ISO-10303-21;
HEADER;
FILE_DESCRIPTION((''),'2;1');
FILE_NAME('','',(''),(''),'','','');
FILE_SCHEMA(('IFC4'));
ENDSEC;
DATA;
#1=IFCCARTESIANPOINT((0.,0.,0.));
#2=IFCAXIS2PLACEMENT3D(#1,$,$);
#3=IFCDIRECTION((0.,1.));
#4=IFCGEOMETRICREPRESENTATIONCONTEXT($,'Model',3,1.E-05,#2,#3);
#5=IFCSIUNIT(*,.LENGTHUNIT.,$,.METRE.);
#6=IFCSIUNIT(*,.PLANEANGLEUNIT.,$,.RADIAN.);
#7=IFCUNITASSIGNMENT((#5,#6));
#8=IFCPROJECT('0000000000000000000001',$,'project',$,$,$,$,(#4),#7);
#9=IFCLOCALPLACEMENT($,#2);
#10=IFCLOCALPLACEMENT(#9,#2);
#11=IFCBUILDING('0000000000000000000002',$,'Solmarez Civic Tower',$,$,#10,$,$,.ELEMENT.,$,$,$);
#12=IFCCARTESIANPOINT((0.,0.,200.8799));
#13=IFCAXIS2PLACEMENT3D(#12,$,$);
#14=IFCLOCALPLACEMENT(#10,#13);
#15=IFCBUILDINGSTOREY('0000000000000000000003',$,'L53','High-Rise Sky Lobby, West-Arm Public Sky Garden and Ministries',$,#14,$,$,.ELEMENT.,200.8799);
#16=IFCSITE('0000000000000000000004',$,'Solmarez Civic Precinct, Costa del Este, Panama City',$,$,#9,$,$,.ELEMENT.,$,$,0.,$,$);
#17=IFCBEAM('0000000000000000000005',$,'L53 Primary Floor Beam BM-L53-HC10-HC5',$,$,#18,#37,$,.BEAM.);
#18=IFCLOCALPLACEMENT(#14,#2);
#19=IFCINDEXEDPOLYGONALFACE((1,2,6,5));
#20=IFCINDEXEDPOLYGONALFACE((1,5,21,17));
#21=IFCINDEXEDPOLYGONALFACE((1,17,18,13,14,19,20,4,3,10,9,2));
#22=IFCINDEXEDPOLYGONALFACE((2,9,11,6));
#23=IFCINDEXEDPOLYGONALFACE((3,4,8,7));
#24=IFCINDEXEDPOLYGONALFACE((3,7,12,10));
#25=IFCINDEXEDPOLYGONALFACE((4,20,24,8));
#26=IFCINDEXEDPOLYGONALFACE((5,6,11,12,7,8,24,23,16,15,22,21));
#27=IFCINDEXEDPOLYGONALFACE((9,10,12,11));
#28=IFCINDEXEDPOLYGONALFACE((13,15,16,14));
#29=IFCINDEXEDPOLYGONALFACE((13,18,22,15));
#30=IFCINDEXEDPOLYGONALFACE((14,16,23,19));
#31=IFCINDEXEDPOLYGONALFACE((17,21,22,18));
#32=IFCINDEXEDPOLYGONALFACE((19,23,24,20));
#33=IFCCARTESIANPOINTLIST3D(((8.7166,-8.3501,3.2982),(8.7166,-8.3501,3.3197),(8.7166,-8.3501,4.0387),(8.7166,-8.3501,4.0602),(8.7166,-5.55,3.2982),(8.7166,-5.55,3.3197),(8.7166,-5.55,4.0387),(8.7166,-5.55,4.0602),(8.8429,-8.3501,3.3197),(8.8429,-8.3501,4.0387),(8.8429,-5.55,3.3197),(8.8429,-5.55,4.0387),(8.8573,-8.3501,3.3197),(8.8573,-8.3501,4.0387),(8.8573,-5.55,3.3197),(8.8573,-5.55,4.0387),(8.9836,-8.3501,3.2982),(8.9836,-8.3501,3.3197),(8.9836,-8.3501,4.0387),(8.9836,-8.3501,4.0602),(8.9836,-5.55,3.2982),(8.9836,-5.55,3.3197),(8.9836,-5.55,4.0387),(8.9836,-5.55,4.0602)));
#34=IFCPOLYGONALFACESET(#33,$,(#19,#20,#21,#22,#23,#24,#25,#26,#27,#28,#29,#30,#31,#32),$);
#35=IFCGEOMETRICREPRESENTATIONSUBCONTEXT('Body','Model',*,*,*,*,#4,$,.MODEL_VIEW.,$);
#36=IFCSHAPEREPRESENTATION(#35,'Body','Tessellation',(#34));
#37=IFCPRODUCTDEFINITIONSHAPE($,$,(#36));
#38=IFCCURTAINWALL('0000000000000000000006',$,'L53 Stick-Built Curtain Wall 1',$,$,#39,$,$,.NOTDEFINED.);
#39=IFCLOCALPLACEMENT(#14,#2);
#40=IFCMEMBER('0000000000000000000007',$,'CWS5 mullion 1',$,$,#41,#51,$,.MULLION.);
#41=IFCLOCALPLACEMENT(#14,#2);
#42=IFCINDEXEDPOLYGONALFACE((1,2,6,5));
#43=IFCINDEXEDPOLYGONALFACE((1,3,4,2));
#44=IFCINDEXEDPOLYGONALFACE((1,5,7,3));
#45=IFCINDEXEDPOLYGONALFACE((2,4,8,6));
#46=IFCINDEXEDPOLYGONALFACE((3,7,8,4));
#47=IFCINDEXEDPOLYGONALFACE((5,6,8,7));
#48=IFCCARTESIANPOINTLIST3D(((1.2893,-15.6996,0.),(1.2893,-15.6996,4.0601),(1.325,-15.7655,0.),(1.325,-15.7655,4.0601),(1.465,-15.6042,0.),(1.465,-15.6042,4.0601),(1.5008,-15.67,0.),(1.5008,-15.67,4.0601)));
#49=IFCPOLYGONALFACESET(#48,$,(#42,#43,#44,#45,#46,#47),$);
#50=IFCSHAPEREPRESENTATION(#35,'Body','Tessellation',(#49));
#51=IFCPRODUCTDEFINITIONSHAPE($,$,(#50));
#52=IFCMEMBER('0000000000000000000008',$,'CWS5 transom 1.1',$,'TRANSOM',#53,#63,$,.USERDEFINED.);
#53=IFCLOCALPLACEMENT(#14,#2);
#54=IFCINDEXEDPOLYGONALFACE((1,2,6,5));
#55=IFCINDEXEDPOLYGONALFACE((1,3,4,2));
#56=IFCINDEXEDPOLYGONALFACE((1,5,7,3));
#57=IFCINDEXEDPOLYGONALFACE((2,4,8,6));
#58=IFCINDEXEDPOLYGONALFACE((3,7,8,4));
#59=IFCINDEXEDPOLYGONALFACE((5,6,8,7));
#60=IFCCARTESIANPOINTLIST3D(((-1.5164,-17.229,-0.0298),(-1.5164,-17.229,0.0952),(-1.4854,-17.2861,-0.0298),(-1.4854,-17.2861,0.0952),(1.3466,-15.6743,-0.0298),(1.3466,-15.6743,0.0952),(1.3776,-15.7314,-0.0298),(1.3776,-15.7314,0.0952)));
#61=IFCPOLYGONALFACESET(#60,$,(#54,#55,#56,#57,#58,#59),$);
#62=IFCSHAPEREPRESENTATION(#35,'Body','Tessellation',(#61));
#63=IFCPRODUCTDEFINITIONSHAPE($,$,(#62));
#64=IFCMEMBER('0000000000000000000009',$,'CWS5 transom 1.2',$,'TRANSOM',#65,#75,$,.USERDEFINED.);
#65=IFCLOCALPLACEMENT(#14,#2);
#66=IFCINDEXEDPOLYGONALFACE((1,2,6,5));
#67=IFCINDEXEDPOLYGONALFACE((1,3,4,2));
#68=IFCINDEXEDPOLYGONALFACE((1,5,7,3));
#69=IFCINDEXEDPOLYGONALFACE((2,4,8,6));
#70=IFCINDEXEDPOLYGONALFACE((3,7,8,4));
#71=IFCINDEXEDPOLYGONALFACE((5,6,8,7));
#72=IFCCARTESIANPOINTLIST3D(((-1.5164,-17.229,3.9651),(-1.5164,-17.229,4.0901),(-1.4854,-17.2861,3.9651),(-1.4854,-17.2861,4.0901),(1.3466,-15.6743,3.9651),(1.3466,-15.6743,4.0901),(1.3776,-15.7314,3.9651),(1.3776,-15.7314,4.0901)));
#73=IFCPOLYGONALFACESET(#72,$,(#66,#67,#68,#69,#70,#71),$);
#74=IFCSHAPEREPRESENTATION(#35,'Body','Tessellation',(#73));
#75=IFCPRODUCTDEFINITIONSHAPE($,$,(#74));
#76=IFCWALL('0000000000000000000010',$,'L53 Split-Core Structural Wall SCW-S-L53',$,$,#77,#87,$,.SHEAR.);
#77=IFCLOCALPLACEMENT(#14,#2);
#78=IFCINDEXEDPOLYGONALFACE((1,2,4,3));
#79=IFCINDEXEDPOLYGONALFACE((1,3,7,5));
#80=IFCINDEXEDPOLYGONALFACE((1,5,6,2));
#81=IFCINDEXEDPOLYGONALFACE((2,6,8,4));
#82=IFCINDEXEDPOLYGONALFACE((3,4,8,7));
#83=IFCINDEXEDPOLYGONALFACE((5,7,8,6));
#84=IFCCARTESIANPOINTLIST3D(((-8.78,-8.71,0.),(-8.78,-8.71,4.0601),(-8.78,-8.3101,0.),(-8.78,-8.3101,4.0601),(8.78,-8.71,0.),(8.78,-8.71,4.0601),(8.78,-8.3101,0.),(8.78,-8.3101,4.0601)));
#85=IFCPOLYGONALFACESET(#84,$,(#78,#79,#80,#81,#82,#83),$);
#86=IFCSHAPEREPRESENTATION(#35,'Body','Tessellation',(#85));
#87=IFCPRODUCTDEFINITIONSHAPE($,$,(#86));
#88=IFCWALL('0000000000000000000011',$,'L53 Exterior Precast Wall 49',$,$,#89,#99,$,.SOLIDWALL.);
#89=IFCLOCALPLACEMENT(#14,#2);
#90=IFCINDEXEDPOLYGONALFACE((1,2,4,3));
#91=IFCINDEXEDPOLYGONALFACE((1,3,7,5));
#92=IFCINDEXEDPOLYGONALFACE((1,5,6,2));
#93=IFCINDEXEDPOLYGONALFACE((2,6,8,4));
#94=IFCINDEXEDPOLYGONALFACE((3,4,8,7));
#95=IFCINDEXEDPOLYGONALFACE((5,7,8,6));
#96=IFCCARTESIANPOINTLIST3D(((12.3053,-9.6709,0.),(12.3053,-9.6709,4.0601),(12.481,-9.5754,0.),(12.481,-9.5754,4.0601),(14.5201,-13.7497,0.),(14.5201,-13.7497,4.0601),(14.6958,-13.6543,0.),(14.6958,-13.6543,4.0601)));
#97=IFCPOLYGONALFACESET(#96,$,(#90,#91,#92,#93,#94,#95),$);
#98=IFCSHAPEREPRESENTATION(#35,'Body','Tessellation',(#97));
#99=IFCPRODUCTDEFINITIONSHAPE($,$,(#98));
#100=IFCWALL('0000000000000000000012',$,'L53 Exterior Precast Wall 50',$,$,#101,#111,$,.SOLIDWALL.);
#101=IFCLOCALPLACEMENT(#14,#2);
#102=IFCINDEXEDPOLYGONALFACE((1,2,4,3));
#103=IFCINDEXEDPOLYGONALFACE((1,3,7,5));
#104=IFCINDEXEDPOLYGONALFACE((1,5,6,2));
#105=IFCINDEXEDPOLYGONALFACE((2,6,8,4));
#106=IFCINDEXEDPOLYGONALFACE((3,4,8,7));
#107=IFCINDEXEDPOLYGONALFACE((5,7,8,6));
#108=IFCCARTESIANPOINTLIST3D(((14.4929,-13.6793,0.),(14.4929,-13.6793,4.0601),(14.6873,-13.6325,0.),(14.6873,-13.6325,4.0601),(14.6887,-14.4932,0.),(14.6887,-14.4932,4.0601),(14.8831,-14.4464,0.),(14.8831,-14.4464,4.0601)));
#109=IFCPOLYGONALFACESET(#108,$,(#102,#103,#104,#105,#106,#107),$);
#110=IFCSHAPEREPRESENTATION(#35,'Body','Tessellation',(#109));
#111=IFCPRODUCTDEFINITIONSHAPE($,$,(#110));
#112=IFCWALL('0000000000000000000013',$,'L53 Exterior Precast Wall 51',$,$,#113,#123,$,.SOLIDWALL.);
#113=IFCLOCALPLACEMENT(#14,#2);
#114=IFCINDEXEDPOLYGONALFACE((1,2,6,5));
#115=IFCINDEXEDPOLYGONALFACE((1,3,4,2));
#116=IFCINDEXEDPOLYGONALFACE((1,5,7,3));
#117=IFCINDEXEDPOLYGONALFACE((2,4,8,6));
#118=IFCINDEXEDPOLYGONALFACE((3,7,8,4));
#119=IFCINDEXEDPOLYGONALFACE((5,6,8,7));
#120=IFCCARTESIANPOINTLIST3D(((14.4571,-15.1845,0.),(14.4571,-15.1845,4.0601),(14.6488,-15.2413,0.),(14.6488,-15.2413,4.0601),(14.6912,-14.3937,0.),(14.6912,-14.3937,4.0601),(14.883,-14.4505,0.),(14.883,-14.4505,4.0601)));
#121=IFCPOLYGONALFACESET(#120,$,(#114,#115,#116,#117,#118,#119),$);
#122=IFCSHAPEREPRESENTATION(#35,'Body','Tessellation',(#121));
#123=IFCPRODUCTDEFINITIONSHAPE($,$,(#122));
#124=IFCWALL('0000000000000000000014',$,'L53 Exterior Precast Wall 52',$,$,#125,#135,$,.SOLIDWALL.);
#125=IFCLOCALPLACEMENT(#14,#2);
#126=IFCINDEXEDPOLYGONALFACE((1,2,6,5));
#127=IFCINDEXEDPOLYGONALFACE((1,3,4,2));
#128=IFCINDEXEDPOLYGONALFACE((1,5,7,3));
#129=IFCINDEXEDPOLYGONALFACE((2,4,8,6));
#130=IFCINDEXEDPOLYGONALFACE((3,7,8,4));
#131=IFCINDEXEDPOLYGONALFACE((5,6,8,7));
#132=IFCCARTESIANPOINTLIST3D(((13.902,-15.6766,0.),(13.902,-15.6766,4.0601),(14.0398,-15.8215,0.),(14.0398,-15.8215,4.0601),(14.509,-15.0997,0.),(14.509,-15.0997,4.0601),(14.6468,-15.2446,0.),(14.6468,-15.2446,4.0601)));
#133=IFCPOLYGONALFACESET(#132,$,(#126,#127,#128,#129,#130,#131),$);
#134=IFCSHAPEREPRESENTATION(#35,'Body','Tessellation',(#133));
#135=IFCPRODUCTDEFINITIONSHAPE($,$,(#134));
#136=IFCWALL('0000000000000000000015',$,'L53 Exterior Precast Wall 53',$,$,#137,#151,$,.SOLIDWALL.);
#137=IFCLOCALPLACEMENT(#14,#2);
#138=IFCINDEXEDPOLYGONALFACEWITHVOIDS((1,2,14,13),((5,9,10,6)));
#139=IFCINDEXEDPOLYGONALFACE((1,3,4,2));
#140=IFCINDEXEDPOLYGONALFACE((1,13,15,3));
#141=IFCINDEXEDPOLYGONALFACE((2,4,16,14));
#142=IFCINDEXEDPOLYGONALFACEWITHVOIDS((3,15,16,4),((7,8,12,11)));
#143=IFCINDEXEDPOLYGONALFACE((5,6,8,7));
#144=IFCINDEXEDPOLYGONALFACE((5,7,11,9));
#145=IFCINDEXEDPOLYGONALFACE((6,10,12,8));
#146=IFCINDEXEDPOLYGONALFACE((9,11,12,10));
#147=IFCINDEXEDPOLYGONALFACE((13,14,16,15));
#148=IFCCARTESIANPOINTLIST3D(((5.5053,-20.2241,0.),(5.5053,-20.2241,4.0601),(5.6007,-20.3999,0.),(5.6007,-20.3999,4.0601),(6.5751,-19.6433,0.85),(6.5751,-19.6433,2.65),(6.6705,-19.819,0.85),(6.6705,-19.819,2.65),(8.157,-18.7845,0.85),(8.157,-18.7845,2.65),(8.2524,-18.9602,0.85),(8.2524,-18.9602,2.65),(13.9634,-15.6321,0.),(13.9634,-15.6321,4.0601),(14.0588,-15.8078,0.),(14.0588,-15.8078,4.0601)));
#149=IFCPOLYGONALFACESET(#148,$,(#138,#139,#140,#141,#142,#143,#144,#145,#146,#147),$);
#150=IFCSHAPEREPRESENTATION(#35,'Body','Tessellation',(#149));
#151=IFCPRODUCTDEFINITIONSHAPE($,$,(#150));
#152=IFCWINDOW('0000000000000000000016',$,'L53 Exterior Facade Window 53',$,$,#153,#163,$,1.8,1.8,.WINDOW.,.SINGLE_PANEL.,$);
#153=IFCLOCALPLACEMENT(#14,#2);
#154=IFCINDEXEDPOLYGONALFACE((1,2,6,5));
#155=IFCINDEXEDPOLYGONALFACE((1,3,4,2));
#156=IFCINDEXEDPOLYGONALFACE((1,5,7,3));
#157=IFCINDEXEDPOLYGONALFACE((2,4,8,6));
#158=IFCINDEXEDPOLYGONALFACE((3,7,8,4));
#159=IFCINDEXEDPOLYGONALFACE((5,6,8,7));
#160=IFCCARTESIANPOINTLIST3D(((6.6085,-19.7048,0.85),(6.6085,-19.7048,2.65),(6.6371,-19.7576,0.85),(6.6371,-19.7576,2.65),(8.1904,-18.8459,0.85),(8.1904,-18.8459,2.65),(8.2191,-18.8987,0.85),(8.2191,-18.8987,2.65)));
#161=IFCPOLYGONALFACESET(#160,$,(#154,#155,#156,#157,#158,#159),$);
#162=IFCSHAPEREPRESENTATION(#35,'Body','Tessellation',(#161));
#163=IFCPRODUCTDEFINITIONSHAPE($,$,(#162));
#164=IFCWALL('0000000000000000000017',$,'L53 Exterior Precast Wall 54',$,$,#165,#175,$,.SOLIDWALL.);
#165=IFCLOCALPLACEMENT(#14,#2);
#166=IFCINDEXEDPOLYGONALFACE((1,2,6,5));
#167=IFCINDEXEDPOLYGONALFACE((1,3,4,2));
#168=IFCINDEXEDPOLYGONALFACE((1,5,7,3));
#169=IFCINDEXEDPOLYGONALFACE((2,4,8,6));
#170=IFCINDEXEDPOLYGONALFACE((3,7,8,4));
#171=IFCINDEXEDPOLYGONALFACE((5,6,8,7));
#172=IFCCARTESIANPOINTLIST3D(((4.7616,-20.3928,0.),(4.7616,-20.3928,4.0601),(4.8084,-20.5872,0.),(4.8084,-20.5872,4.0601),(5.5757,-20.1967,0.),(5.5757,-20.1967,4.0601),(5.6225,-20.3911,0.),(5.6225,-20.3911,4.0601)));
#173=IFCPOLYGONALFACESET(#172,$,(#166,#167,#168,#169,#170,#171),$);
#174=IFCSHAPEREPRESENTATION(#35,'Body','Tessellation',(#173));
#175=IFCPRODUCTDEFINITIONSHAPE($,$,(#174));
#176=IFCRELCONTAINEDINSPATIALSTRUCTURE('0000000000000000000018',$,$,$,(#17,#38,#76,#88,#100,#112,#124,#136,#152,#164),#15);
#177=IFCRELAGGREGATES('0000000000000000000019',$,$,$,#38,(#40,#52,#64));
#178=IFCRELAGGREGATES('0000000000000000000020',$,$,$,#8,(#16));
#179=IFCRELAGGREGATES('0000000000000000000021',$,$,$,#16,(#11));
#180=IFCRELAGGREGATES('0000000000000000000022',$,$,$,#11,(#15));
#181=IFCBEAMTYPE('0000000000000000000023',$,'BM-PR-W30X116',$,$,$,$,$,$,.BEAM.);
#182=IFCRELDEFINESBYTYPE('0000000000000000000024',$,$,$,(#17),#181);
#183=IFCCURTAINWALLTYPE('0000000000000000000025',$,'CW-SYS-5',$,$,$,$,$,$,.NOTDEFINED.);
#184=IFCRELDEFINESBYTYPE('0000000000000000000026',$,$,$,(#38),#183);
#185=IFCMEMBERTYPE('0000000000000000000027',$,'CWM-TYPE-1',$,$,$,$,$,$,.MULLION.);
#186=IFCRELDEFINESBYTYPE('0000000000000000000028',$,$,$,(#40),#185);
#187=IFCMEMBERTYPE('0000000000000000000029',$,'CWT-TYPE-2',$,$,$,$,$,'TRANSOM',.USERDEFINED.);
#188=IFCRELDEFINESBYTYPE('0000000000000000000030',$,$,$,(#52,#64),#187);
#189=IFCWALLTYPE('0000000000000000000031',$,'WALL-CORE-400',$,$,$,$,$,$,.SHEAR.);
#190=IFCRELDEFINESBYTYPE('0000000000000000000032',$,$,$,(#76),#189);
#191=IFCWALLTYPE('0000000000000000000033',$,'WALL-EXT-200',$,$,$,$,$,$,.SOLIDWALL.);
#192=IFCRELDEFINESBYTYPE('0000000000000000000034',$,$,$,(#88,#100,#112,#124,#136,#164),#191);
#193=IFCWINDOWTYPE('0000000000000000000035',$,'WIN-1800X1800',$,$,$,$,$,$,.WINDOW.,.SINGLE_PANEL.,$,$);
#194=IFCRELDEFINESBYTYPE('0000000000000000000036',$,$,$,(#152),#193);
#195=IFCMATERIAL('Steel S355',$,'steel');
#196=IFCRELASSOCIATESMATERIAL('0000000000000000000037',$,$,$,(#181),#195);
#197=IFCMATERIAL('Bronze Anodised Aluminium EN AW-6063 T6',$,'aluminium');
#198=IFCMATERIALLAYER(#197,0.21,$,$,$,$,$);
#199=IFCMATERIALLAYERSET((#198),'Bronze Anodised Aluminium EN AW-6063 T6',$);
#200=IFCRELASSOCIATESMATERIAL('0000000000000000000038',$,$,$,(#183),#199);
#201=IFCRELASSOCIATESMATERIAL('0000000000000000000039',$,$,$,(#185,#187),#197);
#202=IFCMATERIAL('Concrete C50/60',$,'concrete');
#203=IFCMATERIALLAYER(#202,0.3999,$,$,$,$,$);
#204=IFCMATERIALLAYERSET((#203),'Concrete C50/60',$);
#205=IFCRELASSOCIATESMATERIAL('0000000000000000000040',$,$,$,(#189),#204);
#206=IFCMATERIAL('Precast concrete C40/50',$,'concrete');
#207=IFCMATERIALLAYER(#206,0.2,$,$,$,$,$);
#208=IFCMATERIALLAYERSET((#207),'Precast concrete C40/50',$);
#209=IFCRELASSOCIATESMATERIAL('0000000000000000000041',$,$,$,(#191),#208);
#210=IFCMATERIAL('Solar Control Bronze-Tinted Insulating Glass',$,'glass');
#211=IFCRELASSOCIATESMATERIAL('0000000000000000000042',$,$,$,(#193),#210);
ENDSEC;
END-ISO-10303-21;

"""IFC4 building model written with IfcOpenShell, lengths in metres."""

from ifc_helpers import new_model, si_unit, direction, frame, frame_2d, origin, origin_2d, place, context, subcontext, project, spatial, rectangle, i_section, extrude, material, layer, layer_set, material_profile, profile_set, type_object, element, fill, aggregate, save


model = new_model("IFC4")

# Units and contexts
model_context = context("Model", 3, precision=1e-05, world=origin(), true_north=direction((0.0, 1.0)))
body_context = subcontext(model_context, "Body", "Model", "MODEL_VIEW")
ifc_project = project(units=[si_unit("LENGTHUNIT", "METRE"), si_unit("PLANEANGLEUNIT", "RADIAN")], contexts=[model_context])

# Site, building, storey
site_placement = place(None, origin())
site = spatial("IfcSite", under=ifc_project, at=site_placement, Name="Solmarez Civic Precinct, Costa del Este, Panama City", CompositionType="ELEMENT", RefElevation=0.0)
building_placement = place(site_placement, origin())
building = spatial("IfcBuilding", under=site, at=building_placement, Name="Solmarez Civic Tower", CompositionType="ELEMENT")
storey_placement = place(building_placement, frame((0.0, 0.0, 200.8799)))
storey = spatial("IfcBuildingStorey", under=building, at=storey_placement, Name="L53", Description="High-Rise Sky Lobby, West-Arm Public Sky Garden and Ministries", CompositionType="ELEMENT", Elevation=200.8799)

# Shared definitions
ifc_material_1 = material(Name="Concrete C50/60", Category="concrete")
ifc_material_2 = material(Name="Steel S355", Category="steel")

# Beam
ifc_material_profile_1 = material_profile(ifc_material_2, i_section(OverallWidth=0.2671, OverallDepth=0.762, WebThickness=0.0144, FlangeThickness=0.0215, at=origin_2d()), Name="W30X116")
ifc_profile_set_1 = profile_set([ifc_material_profile_1], Name="Steel S355")
beam_type_1 = type_object("IfcBeamType", Name="BM-PR-W30X116", PredefinedType="BEAM", material=ifc_profile_set_1)
beam_1_placement = place(storey_placement, frame((8.8501, -8.3501, 3.6792), z_axis=(0.0, 1.0, 0.0), x_axis=(-1.0, 0.0, 0.0)))
element("IfcBeam", 1, at=beam_1_placement, inside=storey, type_object=beam_type_1, Name="L53 Primary Floor Beam BM-L53-HC10-HC5", PredefinedType="BEAM", context=body_context, shape_type="SweptSolid", body=[
    extrude(i_section(OverallWidth=0.2671, OverallDepth=0.762, WebThickness=0.0144, FlangeThickness=0.0215, at=origin_2d()), origin(), (0.0, 0.0, 1.0), 2.8),
])

# Curtain wall, members
ifc_material_3 = material(Name="Bronze Anodised Aluminium EN AW-6063 T6", Category="aluminium")
ifc_layer_1 = layer(ifc_material_3, 0.21)
ifc_layer_set_1 = layer_set([ifc_layer_1], Name="Bronze Anodised Aluminium EN AW-6063 T6")
curtain_wall_type = type_object("IfcCurtainWallType", Name="CW-SYS-5", PredefinedType="NOTDEFINED", material=ifc_layer_set_1)
curtain_wall_placement = place(storey_placement, origin())
curtain_wall = element("IfcCurtainWall", 2, at=curtain_wall_placement, inside=storey, type_object=curtain_wall_type, Name="L53 Stick-Built Curtain Wall 1", PredefinedType="NOTDEFINED")
ifc_material_profile_2 = material_profile(ifc_material_3, rectangle(XDim=0.075, YDim=0.2, at=origin_2d()), Name="CWM-75X200")
ifc_profile_set_2 = profile_set([ifc_material_profile_2], Name="Bronze Anodised Aluminium EN AW-6063 T6")
member_type_1 = type_object("IfcMemberType", Name="CWM-TYPE-1", PredefinedType="MULLION", material=ifc_profile_set_2)
member_1_placement = place(storey_placement, frame((1.395, -15.6848, 0.0), z_axis=(0.0, 0.0, 1.0), x_axis=(0.47722, -0.878784, 0.0)))
member_1 = element("IfcMember", 3, at=member_1_placement, type_object=member_type_1, Name="CWS5 mullion 1", PredefinedType="MULLION", context=body_context, shape_type="SweptSolid", body=[
    extrude(rectangle(XDim=0.075, YDim=0.2, at=origin_2d()), origin(), (0.0, 0.0, 1.0), 4.0601),
])
ifc_material_profile_3 = material_profile(ifc_material_3, rectangle(XDim=0.0649, YDim=0.125, at=origin_2d()), Name="CWT-65X125")
ifc_profile_set_3 = profile_set([ifc_material_profile_3], Name="Bronze Anodised Aluminium EN AW-6063 T6")
member_type_2 = type_object("IfcMemberType", Name="CWT-TYPE-2", ElementType="TRANSOM", PredefinedType="USERDEFINED", material=ifc_profile_set_3)
member_2_placement = place(storey_placement, frame((1.3621, -15.7029, 0.0327), z_axis=(-0.878793, -0.477203, 0.0), x_axis=(0.477203, -0.878793, 0.0)))
member_2 = element("IfcMember", 4, at=member_2_placement, type_object=member_type_2, Name="CWS5 transom 1.1", ObjectType="TRANSOM", PredefinedType="USERDEFINED", context=body_context, shape_type="SweptSolid", body=[
    extrude(rectangle(XDim=0.0649, YDim=0.125, at=origin_2d()), origin(), (0.0, 0.0, 1.0), 3.2578),
])
member_3_placement = place(storey_placement, frame((1.3621, -15.7029, 4.0276), z_axis=(-0.878793, -0.477203, 0.0), x_axis=(0.477203, -0.878793, 0.0)))
member_3 = element("IfcMember", 5, at=member_3_placement, type_object=member_type_2, Name="CWS5 transom 1.2", ObjectType="TRANSOM", PredefinedType="USERDEFINED", context=body_context, shape_type="SweptSolid", body=[
    extrude(rectangle(XDim=0.0649, YDim=0.125, at=origin_2d()), origin(), (0.0, 0.0, 1.0), 3.2578),
])
aggregate(curtain_wall, [member_1, member_2, member_3])

# Walls
ifc_layer_2 = layer(ifc_material_1, 0.3999)
ifc_layer_set_2 = layer_set([ifc_layer_2], Name="Concrete C50/60")
wall_type_1 = type_object("IfcWallType", Name="WALL-CORE-400", PredefinedType="SHEAR", material=ifc_layer_set_2)
wall_1_placement = place(storey_placement, frame((8.78, -8.51, 0.0), z_axis=(0.0, 0.0, 1.0), x_axis=(-1.0, 0.0, 0.0)))
element("IfcWall", 6, at=wall_1_placement, inside=storey, type_object=wall_type_1, Name="L53 Split-Core Structural Wall SCW-S-L53", PredefinedType="SHEAR", context=body_context, shape_type="SweptSolid", body=[
    extrude(rectangle(XDim=17.5601, YDim=0.3999, at=frame_2d((8.78, 0.0))), origin(), (0.0, 0.0, 1.0), 4.0601),
])
ifc_material_4 = material(Name="Precast concrete C40/50", Category="concrete")
ifc_layer_3 = layer(ifc_material_4, 0.2)
ifc_layer_set_3 = layer_set([ifc_layer_3], Name="Precast concrete C40/50")
wall_type_2 = type_object("IfcWallType", Name="WALL-EXT-200", PredefinedType="SOLIDWALL", material=ifc_layer_set_3)
wall_2_placement = place(storey_placement, frame((12.3931, -9.623, 0.0), z_axis=(0.0, 0.0, 1.0), x_axis=(0.477193, -0.878799, 0.0)))
element("IfcWall", 7, at=wall_2_placement, inside=storey, type_object=wall_type_2, Name="L53 Exterior Precast Wall 49", PredefinedType="SOLIDWALL", context=body_context, shape_type="SweptSolid", body=[
    extrude(rectangle(XDim=4.6414, YDim=0.2, at=frame_2d((2.3208, 0.0))), origin(), (0.0, 0.0, 1.0), 4.0601),
])
wall_3_placement = place(storey_placement, frame((14.5901, -13.656, 0.0), z_axis=(0.0, 0.0, 1.0), x_axis=(0.23388, -0.972265, 0.0)))
element("IfcWall", 8, at=wall_3_placement, inside=storey, type_object=wall_type_2, Name="L53 Exterior Precast Wall 50", PredefinedType="SOLIDWALL", context=body_context, shape_type="SweptSolid", body=[
    extrude(rectangle(XDim=0.8372, YDim=0.2, at=frame_2d((0.4185, 0.0))), origin(), (0.0, 0.0, 1.0), 4.0601),
])
wall_4_placement = place(storey_placement, frame((14.7871, -14.4221, 0.0), z_axis=(0.0, 0.0, 1.0), x_axis=(-0.283897, -0.958855, 0.0)))
element("IfcWall", 9, at=wall_4_placement, inside=storey, type_object=wall_type_2, Name="L53 Exterior Precast Wall 51", PredefinedType="SOLIDWALL", context=body_context, shape_type="SweptSolid", body=[
    extrude(rectangle(XDim=0.8247, YDim=0.2, at=frame_2d((0.4124, 0.0))), origin(), (0.0, 0.0, 1.0), 4.0601),
])
wall_5_placement = place(storey_placement, frame((14.5779, -15.1721, 0.0), z_axis=(0.0, 0.0, 1.0), x_axis=(-0.72481, -0.688949, 0.0)))
element("IfcWall", 10, at=wall_5_placement, inside=storey, type_object=wall_type_2, Name="L53 Exterior Precast Wall 52", PredefinedType="SOLIDWALL", context=body_context, shape_type="SweptSolid", body=[
    extrude(rectangle(XDim=0.8374, YDim=0.2, at=frame_2d((0.4187, 0.0))), origin(), (0.0, 0.0, 1.0), 4.0601),
])

# Wall, opening, window
wall_6_placement = place(storey_placement, frame((14.011, -15.72, 0.0), z_axis=(0.0, 0.0, 1.0), x_axis=(-0.878829, -0.477136, 0.0)))
wall_6 = element("IfcWall", 11, at=wall_6_placement, inside=storey, type_object=wall_type_2, Name="L53 Exterior Precast Wall 53", PredefinedType="SOLIDWALL", context=body_context, shape_type="SweptSolid", body=[
    extrude(rectangle(XDim=9.6243, YDim=0.2, at=frame_2d((4.812, 0.0))), origin(), (0.0, 0.0, 1.0), 4.0601),
])
opening_1_placement = place(wall_6_placement, frame((6.6069, 0.0, 0.8501)))
opening_1 = element("IfcOpeningElement", 12, at=opening_1_placement, cuts=wall_6, PredefinedType="OPENING", context=body_context, shape_type="SweptSolid", body=[
    extrude(rectangle(XDim=1.8, YDim=1.8, at=frame_2d((0.8999, 0.8999))), frame((0.0, 0.1099, 0.0), z_axis=(0.0, -1.0, 0.0), x_axis=(1.0, 0.0, 0.0)), (0.0, 0.0, 1.0), 0.22),
])
ifc_material_5 = material(Name="Solar Control Bronze-Tinted Insulating Glass", Category="glass")
window_type = type_object("IfcWindowType", Name="WIN-1800X1800", PartitioningType="SINGLE_PANEL", PredefinedType="WINDOW", material=ifc_material_5)
window_placement = place(opening_1_placement, origin())
window = element("IfcWindow", 13, at=window_placement, inside=storey, type_object=window_type, Name="L53 Exterior Facade Window 53", OverallHeight=1.8, OverallWidth=1.8, PartitioningType="SINGLE_PANEL", PredefinedType="WINDOW", context=body_context, shape_type="SweptSolid", body=[
    extrude(rectangle(XDim=1.8, YDim=1.8, at=frame_2d((0.8999, 0.8999))), frame((0.0, 0.03, 0.0), z_axis=(0.0, -1.0, 0.0), x_axis=(1.0, 0.0, 0.0)), (0.0, 0.0, 1.0), 0.0601),
])
fill(opening_1, window)

# Wall
wall_7_placement = place(storey_placement, frame((5.5991, -20.2939, 0.0), z_axis=(0.0, 0.0, 1.0), x_axis=(-0.972215, -0.23409, 0.0)))
element("IfcWall", 14, at=wall_7_placement, inside=storey, type_object=wall_type_2, Name="L53 Exterior Precast Wall 54", PredefinedType="SOLIDWALL", context=body_context, shape_type="SweptSolid", body=[
    extrude(rectangle(XDim=0.8374, YDim=0.2, at=frame_2d((0.4187, 0.0))), origin(), (0.0, 0.0, 1.0), 4.0601),
])

save(model, "model.ifc")
